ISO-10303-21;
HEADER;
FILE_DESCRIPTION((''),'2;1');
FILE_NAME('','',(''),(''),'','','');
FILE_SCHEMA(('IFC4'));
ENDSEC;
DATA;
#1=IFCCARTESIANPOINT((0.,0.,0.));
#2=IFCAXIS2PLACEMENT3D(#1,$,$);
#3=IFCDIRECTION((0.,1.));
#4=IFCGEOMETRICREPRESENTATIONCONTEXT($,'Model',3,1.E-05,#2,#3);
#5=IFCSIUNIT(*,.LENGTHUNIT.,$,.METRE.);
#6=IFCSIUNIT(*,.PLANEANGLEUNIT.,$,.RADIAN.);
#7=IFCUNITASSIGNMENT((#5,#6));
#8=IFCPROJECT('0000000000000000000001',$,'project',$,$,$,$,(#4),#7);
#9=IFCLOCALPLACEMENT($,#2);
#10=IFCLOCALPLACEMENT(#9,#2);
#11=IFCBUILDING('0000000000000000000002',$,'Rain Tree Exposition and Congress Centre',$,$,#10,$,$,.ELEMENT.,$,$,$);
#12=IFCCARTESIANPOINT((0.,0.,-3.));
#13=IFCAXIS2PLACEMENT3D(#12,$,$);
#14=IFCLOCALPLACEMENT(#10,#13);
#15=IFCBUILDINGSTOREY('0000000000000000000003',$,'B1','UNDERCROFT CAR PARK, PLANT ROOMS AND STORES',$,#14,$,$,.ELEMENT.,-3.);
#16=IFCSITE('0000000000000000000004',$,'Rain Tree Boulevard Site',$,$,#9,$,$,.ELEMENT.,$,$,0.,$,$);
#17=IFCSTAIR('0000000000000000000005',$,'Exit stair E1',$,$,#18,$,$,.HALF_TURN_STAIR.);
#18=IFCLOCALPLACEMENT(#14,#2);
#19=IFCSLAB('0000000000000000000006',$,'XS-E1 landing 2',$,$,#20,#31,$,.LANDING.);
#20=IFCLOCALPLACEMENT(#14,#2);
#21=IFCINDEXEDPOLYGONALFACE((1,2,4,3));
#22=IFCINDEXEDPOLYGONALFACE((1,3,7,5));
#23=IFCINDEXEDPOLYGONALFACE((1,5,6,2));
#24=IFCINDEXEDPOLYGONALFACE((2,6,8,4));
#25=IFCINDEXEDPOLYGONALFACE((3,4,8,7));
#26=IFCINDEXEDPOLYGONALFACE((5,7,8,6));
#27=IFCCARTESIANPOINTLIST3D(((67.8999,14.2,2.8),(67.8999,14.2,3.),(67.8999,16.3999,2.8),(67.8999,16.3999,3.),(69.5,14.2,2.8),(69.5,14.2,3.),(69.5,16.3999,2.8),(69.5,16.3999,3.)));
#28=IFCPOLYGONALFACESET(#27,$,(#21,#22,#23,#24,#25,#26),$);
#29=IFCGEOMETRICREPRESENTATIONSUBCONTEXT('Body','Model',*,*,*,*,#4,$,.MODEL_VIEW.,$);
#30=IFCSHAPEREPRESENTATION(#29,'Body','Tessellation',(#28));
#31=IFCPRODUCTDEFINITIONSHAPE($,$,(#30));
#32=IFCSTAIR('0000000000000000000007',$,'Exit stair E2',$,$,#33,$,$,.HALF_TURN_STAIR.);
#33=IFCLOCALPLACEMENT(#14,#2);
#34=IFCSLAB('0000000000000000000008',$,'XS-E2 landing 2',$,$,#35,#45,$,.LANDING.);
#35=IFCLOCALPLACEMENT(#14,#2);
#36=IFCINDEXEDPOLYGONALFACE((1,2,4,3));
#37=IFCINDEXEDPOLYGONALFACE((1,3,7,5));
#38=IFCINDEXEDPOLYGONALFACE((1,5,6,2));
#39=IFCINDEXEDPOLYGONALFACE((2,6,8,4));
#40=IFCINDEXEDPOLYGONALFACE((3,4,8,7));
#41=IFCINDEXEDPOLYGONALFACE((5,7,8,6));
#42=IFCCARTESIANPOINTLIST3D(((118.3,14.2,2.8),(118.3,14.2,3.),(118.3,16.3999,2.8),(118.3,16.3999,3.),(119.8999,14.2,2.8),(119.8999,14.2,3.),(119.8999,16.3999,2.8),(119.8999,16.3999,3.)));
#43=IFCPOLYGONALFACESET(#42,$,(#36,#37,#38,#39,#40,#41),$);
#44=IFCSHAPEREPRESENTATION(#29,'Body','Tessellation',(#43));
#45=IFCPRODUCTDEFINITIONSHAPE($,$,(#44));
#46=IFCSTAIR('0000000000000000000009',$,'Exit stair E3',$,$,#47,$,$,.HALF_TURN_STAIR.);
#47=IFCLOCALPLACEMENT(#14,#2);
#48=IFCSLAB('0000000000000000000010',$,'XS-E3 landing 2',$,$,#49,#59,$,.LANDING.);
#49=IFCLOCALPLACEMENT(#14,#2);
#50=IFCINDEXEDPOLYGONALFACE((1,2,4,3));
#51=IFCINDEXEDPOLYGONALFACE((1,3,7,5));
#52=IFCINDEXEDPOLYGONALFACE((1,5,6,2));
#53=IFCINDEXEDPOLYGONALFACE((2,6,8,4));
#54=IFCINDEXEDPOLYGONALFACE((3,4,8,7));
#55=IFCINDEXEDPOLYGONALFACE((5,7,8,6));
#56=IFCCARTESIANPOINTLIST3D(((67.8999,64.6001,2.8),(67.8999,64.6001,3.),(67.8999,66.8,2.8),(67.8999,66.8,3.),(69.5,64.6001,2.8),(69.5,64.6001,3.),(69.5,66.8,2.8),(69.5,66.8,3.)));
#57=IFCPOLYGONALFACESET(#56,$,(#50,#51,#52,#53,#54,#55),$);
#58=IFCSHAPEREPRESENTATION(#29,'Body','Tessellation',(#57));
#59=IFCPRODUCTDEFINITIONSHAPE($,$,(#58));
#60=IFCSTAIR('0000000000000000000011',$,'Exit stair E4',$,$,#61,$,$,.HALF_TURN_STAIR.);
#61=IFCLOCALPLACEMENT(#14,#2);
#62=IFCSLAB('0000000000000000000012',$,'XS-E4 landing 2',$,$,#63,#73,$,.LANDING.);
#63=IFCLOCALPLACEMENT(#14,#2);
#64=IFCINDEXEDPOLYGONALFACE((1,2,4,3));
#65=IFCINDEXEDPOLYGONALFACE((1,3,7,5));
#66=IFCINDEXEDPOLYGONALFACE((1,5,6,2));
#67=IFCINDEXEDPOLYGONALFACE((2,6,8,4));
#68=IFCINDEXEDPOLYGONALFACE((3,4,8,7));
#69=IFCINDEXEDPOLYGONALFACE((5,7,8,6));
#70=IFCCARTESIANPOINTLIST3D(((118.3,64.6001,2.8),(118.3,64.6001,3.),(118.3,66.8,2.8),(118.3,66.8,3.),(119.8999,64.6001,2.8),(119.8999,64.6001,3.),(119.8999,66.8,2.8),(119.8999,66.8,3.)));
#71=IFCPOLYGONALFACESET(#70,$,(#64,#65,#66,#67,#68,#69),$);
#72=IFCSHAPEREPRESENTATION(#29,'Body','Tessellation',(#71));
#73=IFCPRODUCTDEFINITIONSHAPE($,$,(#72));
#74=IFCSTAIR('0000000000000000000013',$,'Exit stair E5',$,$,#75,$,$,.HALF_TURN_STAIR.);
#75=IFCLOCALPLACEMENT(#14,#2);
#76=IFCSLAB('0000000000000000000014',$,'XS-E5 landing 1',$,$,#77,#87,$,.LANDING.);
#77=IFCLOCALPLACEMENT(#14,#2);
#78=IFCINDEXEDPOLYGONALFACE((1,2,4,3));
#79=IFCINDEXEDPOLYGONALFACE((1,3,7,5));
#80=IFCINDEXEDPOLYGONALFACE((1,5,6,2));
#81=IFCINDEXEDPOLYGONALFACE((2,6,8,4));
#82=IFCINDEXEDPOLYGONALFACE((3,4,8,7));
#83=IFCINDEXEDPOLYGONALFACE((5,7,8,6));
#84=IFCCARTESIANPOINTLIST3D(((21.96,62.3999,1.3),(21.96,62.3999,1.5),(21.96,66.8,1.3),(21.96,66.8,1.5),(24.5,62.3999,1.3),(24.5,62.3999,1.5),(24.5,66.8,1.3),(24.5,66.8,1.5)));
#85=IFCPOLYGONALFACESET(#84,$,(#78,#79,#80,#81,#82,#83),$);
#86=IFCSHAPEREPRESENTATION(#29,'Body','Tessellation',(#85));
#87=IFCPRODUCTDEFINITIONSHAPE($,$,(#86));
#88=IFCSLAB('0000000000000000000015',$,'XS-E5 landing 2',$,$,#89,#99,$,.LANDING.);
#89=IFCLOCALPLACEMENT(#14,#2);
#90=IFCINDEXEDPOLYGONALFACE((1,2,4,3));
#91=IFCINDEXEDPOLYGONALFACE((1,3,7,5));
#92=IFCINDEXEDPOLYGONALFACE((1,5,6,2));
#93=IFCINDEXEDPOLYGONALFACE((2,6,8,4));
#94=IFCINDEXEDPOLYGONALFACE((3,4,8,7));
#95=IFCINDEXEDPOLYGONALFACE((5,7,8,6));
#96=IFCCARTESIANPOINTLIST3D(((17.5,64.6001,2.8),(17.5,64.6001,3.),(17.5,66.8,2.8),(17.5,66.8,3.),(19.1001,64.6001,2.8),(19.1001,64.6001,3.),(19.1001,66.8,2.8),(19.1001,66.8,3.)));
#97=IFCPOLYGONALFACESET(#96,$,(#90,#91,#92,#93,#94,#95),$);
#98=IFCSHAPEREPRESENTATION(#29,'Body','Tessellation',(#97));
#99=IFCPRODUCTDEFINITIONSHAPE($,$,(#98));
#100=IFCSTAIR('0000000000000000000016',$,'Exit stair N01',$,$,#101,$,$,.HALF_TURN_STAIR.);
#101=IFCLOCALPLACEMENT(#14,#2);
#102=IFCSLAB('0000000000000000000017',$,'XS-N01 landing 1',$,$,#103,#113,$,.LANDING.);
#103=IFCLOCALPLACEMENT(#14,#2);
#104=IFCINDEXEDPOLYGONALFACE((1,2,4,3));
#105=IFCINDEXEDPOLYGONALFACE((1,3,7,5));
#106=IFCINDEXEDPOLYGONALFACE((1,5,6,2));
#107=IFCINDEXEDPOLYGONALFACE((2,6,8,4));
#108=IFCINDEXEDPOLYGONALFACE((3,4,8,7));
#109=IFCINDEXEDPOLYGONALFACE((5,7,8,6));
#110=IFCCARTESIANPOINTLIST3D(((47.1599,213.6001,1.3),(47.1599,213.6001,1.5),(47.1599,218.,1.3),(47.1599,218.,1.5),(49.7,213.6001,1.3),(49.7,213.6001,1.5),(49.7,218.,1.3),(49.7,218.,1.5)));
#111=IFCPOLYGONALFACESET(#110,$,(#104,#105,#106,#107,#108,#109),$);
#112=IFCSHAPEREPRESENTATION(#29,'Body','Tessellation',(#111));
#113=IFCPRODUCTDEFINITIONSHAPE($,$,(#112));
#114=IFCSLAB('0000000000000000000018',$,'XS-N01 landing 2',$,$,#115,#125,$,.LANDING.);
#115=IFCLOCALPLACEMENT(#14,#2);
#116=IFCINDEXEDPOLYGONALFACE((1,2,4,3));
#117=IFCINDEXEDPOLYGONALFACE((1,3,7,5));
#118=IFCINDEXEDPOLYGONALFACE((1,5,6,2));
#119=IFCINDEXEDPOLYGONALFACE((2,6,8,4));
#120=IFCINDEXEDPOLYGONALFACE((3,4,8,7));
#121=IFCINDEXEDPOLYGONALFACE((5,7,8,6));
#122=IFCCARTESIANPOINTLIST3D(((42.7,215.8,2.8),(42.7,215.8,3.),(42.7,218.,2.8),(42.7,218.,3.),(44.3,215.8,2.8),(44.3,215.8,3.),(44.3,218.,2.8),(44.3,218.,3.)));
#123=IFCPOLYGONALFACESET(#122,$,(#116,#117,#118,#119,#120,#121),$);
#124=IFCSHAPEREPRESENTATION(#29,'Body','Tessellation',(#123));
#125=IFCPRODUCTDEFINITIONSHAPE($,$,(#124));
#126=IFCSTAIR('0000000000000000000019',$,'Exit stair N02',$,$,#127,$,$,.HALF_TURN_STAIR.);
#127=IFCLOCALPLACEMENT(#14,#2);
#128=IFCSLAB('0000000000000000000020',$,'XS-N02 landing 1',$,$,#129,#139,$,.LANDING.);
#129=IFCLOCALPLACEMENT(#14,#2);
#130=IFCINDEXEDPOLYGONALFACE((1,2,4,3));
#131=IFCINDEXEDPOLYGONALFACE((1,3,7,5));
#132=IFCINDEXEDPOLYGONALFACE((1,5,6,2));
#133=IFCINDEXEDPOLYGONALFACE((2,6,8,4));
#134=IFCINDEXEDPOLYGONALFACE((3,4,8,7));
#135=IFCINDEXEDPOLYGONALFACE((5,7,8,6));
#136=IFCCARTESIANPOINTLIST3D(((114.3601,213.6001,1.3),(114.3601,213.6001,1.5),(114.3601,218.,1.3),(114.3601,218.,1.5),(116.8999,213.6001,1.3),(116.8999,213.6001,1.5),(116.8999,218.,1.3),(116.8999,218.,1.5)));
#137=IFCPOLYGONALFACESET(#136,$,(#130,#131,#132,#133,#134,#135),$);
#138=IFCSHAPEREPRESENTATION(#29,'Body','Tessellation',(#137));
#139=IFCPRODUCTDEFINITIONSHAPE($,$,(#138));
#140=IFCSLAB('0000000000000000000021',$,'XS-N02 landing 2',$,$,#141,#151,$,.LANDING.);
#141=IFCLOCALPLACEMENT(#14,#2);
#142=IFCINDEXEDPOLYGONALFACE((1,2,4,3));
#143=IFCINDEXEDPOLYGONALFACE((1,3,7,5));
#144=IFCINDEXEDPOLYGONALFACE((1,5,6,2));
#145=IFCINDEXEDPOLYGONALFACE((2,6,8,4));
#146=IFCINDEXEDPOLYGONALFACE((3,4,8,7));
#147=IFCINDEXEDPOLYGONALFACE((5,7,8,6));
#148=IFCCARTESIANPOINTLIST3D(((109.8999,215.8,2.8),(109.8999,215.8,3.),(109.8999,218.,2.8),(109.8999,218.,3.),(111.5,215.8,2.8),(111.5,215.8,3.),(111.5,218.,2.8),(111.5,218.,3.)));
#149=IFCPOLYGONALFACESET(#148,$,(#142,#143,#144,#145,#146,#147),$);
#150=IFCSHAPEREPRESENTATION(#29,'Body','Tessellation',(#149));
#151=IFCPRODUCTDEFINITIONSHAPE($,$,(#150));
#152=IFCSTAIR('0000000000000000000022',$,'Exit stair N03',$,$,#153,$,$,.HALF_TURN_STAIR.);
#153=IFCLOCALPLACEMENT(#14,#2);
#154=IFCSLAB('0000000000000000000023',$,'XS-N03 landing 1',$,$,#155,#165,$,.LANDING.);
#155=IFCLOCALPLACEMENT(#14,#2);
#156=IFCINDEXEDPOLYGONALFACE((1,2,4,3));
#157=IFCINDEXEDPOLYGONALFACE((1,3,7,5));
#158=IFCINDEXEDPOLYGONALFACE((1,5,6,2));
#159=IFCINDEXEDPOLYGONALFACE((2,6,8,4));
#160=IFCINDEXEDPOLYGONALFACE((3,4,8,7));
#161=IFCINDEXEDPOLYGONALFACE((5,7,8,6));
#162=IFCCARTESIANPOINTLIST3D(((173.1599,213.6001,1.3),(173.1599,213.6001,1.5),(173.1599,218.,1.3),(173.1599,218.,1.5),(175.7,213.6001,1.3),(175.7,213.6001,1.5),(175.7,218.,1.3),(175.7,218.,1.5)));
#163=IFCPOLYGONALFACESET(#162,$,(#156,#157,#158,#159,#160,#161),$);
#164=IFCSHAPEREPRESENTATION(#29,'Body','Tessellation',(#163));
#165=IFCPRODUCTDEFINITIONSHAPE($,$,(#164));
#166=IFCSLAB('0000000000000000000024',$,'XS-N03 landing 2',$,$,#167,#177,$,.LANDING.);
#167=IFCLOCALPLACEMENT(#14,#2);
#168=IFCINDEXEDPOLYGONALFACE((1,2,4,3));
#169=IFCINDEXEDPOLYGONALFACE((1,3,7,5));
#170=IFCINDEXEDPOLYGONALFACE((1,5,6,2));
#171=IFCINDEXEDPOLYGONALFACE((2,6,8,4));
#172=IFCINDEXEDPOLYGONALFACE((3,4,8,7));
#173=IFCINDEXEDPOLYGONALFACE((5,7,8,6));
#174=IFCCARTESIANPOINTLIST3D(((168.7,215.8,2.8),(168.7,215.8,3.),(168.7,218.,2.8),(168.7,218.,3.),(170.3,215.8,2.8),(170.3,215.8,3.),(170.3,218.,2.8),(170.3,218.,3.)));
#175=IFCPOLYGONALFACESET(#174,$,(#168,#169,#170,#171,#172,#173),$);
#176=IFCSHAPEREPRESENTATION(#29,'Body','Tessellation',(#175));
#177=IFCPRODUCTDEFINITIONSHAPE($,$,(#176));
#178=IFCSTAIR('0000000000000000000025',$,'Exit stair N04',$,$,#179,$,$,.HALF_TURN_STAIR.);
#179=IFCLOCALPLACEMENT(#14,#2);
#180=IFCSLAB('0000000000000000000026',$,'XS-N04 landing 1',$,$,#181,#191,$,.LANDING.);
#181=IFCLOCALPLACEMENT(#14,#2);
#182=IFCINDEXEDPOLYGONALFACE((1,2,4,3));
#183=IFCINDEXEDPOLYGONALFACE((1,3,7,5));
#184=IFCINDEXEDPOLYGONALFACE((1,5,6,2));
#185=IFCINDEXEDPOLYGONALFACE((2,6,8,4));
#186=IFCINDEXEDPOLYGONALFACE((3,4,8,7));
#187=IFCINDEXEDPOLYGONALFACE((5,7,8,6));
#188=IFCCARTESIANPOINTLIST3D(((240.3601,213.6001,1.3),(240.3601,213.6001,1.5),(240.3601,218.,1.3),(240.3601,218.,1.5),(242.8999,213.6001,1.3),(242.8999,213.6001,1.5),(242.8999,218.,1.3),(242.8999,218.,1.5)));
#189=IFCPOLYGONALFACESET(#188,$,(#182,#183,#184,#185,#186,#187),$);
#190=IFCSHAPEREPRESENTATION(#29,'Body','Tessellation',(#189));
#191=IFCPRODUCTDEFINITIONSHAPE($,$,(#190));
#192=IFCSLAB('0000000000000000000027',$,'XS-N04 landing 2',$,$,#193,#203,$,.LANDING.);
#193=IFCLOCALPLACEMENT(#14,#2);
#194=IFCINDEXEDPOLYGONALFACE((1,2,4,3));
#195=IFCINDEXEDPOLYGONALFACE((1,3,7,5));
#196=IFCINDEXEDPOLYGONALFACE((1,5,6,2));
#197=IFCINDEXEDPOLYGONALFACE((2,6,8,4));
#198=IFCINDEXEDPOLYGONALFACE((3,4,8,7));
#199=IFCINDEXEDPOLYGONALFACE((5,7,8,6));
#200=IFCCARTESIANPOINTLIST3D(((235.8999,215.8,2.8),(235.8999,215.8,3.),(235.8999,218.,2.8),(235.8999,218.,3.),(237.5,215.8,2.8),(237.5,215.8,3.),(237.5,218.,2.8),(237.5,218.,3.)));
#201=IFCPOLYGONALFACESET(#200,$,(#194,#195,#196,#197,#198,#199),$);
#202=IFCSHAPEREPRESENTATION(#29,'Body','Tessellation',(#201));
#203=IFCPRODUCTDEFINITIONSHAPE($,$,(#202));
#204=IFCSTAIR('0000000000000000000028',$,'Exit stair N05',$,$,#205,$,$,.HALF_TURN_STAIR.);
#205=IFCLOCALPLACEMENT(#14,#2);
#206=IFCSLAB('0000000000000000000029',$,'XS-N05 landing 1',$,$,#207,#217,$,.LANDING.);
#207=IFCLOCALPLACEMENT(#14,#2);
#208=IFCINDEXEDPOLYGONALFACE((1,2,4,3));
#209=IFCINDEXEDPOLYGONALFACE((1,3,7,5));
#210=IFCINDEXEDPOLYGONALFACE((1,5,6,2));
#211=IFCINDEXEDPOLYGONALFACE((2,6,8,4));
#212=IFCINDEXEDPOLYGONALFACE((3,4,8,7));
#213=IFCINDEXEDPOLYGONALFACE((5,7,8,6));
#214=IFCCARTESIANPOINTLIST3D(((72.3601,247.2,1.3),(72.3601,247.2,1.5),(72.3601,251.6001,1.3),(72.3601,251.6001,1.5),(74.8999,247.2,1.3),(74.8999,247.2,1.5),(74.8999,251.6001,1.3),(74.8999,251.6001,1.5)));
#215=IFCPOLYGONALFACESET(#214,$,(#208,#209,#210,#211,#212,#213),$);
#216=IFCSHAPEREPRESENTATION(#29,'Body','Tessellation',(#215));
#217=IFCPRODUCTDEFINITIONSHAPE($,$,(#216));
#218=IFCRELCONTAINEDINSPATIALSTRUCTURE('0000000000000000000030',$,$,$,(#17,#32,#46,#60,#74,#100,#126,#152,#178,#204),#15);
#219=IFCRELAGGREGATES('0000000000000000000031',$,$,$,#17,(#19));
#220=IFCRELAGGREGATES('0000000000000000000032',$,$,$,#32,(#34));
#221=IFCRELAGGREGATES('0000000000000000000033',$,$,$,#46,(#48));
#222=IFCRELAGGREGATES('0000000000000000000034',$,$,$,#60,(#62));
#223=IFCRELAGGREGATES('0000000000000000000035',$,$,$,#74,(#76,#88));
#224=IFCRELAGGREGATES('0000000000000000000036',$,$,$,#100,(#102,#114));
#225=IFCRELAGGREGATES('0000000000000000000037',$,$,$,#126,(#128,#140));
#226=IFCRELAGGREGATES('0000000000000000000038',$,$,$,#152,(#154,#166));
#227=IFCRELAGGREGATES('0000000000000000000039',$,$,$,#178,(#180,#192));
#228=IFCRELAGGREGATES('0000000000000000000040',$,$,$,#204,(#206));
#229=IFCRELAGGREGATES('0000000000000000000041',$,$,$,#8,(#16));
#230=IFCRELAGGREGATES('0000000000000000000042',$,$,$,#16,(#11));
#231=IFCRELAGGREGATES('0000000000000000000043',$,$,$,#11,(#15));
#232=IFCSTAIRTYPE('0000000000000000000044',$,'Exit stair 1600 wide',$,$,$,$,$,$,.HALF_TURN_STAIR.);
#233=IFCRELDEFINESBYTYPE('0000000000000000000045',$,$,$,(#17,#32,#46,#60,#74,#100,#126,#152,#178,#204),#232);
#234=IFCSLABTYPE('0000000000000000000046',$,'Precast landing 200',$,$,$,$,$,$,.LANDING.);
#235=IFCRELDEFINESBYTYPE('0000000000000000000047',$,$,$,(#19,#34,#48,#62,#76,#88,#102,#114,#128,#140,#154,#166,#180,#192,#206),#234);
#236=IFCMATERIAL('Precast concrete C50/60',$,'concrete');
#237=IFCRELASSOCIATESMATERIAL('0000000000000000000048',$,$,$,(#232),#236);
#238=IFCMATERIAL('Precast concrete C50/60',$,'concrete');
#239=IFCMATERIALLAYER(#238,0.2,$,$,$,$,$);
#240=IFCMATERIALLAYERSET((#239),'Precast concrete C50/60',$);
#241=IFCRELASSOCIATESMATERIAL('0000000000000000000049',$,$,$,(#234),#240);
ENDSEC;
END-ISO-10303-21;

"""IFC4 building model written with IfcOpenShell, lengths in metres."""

from ifc_helpers import new_model, si_unit, direction, frame, origin, place, context, subcontext, project, spatial, polyline, outline, extrude, material, layer, layer_set, type_object, element, aggregate, save


model = new_model("IFC4")

# Units and contexts
model_context = context("Model", 3, precision=1e-05, world=origin(), true_north=direction((0.0, 1.0)))
body_context = subcontext(model_context, "Body", "Model", "MODEL_VIEW")
ifc_project = project(units=[si_unit("LENGTHUNIT", "METRE"), si_unit("PLANEANGLEUNIT", "RADIAN")], contexts=[model_context])

# Site, building, storey
site_placement = place(None, origin())
site = spatial("IfcSite", under=ifc_project, at=site_placement, Name="Rain Tree Boulevard Site", CompositionType="ELEMENT", RefElevation=0.0)
building_placement = place(site_placement, origin())
building = spatial("IfcBuilding", under=site, at=building_placement, Name="Rain Tree Exposition and Congress Centre", CompositionType="ELEMENT")
storey_placement = place(building_placement, frame((0.0, 0.0, -3.0)))
storey = spatial("IfcBuildingStorey", under=building, at=storey_placement, Name="B1", Description="UNDERCROFT CAR PARK, PLANT ROOMS AND STORES", CompositionType="ELEMENT", Elevation=-3.0)

# Stairs, slabs
ifc_material_1 = material(Name="Precast concrete C50/60", Category="concrete")
stair_type = type_object("IfcStairType", Name="Exit stair 1600 wide", PredefinedType="HALF_TURN_STAIR", material=ifc_material_1)
stair_1_placement = place(storey_placement, origin())
stair_1 = element("IfcStair", 1, at=stair_1_placement, inside=storey, type_object=stair_type, Name="Exit stair E1", PredefinedType="HALF_TURN_STAIR")
ifc_material_2 = material(Name="Precast concrete C50/60", Category="concrete")
ifc_layer_1 = layer(ifc_material_2, 0.2)
ifc_layer_set_1 = layer_set([ifc_layer_1], Name="Precast concrete C50/60")
slab_type_1 = type_object("IfcSlabType", Name="Precast landing 200", PredefinedType="LANDING", material=ifc_layer_set_1)
slab_1_placement = place(storey_placement, frame((0.0, 0.0, 2.8)))
slab_1 = element("IfcSlab", 2, at=slab_1_placement, type_object=slab_type_1, Name="XS-E1 landing 2", PredefinedType="LANDING", context=body_context, shape_type="SweptSolid", body=[
    extrude(outline(polyline([(67.8999, 14.2), (69.5, 14.2), (69.5, 16.3999), (67.8999, 16.3999), (67.8999, 14.2)])), origin(), (0.0, 0.0, 1.0), 0.2),
])
aggregate(stair_1, [slab_1])
stair_2_placement = place(storey_placement, origin())
stair_2 = element("IfcStair", 3, at=stair_2_placement, inside=storey, type_object=stair_type, Name="Exit stair E2", PredefinedType="HALF_TURN_STAIR")
slab_2_placement = place(storey_placement, frame((0.0, 0.0, 2.8)))
slab_2 = element("IfcSlab", 4, at=slab_2_placement, type_object=slab_type_1, Name="XS-E2 landing 2", PredefinedType="LANDING", context=body_context, shape_type="SweptSolid", body=[
    extrude(outline(polyline([(118.3, 14.2), (119.8999, 14.2), (119.8999, 16.3999), (118.3, 16.3999), (118.3, 14.2)])), origin(), (0.0, 0.0, 1.0), 0.2),
])
aggregate(stair_2, [slab_2])
stair_3_placement = place(storey_placement, origin())
stair_3 = element("IfcStair", 5, at=stair_3_placement, inside=storey, type_object=stair_type, Name="Exit stair E3", PredefinedType="HALF_TURN_STAIR")
slab_3_placement = place(storey_placement, frame((0.0, 0.0, 2.8)))
slab_3 = element("IfcSlab", 6, at=slab_3_placement, type_object=slab_type_1, Name="XS-E3 landing 2", PredefinedType="LANDING", context=body_context, shape_type="SweptSolid", body=[
    extrude(outline(polyline([(67.8999, 64.6001), (69.5, 64.6001), (69.5, 66.8), (67.8999, 66.8), (67.8999, 64.6001)])), origin(), (0.0, 0.0, 1.0), 0.2),
])
aggregate(stair_3, [slab_3])
stair_4_placement = place(storey_placement, origin())
stair_4 = element("IfcStair", 7, at=stair_4_placement, inside=storey, type_object=stair_type, Name="Exit stair E4", PredefinedType="HALF_TURN_STAIR")
slab_4_placement = place(storey_placement, frame((0.0, 0.0, 2.8)))
slab_4 = element("IfcSlab", 8, at=slab_4_placement, type_object=slab_type_1, Name="XS-E4 landing 2", PredefinedType="LANDING", context=body_context, shape_type="SweptSolid", body=[
    extrude(outline(polyline([(118.3, 64.6001), (119.8999, 64.6001), (119.8999, 66.8), (118.3, 66.8), (118.3, 64.6001)])), origin(), (0.0, 0.0, 1.0), 0.2),
])
aggregate(stair_4, [slab_4])

# Stairs, slabs
stair_5_placement = place(storey_placement, origin())
stair_5 = element("IfcStair", 9, at=stair_5_placement, inside=storey, type_object=stair_type, Name="Exit stair E5", PredefinedType="HALF_TURN_STAIR")
slab_5_placement = place(storey_placement, frame((0.0, 0.0, 1.3)))
slab_5 = element("IfcSlab", 10, at=slab_5_placement, type_object=slab_type_1, Name="XS-E5 landing 1", PredefinedType="LANDING", context=body_context, shape_type="SweptSolid", body=[
    extrude(outline(polyline([(21.96, 62.3999), (24.5, 62.3999), (24.5, 66.8), (21.96, 66.8), (21.96, 62.3999)])), origin(), (0.0, 0.0, 1.0), 0.2),
])
slab_6_placement = place(storey_placement, frame((0.0, 0.0, 2.8)))
slab_6 = element("IfcSlab", 11, at=slab_6_placement, type_object=slab_type_1, Name="XS-E5 landing 2", PredefinedType="LANDING", context=body_context, shape_type="SweptSolid", body=[
    extrude(outline(polyline([(17.5, 64.6001), (19.1001, 64.6001), (19.1001, 66.8), (17.5, 66.8), (17.5, 64.6001)])), origin(), (0.0, 0.0, 1.0), 0.2),
])
aggregate(stair_5, [slab_5, slab_6])
stair_6_placement = place(storey_placement, origin())
stair_6 = element("IfcStair", 12, at=stair_6_placement, inside=storey, type_object=stair_type, Name="Exit stair N01", PredefinedType="HALF_TURN_STAIR")
slab_7_placement = place(storey_placement, frame((0.0, 0.0, 1.3)))
slab_7 = element("IfcSlab", 13, at=slab_7_placement, type_object=slab_type_1, Name="XS-N01 landing 1", PredefinedType="LANDING", context=body_context, shape_type="SweptSolid", body=[
    extrude(outline(polyline([(47.1599, 213.6001), (49.7, 213.6001), (49.7, 218.0), (47.1599, 218.0), (47.1599, 213.6001)])), origin(), (0.0, 0.0, 1.0), 0.2),
])
slab_8_placement = place(storey_placement, frame((0.0, 0.0, 2.8)))
slab_8 = element("IfcSlab", 14, at=slab_8_placement, type_object=slab_type_1, Name="XS-N01 landing 2", PredefinedType="LANDING", context=body_context, shape_type="SweptSolid", body=[
    extrude(outline(polyline([(42.7, 215.8), (44.3, 215.8), (44.3, 218.0), (42.7, 218.0), (42.7, 215.8)])), origin(), (0.0, 0.0, 1.0), 0.2),
])
aggregate(stair_6, [slab_7, slab_8])
stair_7_placement = place(storey_placement, origin())
stair_7 = element("IfcStair", 15, at=stair_7_placement, inside=storey, type_object=stair_type, Name="Exit stair N02", PredefinedType="HALF_TURN_STAIR")
slab_9_placement = place(storey_placement, frame((0.0, 0.0, 1.3)))
slab_9 = element("IfcSlab", 16, at=slab_9_placement, type_object=slab_type_1, Name="XS-N02 landing 1", PredefinedType="LANDING", context=body_context, shape_type="SweptSolid", body=[
    extrude(outline(polyline([(114.3601, 213.6001), (116.8999, 213.6001), (116.8999, 218.0), (114.3601, 218.0), (114.3601, 213.6001)])), origin(), (0.0, 0.0, 1.0), 0.2),
])
slab_10_placement = place(storey_placement, frame((0.0, 0.0, 2.8)))
slab_10 = element("IfcSlab", 17, at=slab_10_placement, type_object=slab_type_1, Name="XS-N02 landing 2", PredefinedType="LANDING", context=body_context, shape_type="SweptSolid", body=[
    extrude(outline(polyline([(109.8999, 215.8), (111.5, 215.8), (111.5, 218.0), (109.8999, 218.0), (109.8999, 215.8)])), origin(), (0.0, 0.0, 1.0), 0.2),
])
aggregate(stair_7, [slab_9, slab_10])
stair_8_placement = place(storey_placement, origin())
stair_8 = element("IfcStair", 18, at=stair_8_placement, inside=storey, type_object=stair_type, Name="Exit stair N03", PredefinedType="HALF_TURN_STAIR")
slab_11_placement = place(storey_placement, frame((0.0, 0.0, 1.3)))
slab_11 = element("IfcSlab", 19, at=slab_11_placement, type_object=slab_type_1, Name="XS-N03 landing 1", PredefinedType="LANDING", context=body_context, shape_type="SweptSolid", body=[
    extrude(outline(polyline([(173.1599, 213.6001), (175.7, 213.6001), (175.7, 218.0), (173.1599, 218.0), (173.1599, 213.6001)])), origin(), (0.0, 0.0, 1.0), 0.2),
])
slab_12_placement = place(storey_placement, frame((0.0, 0.0, 2.8)))
slab_12 = element("IfcSlab", 20, at=slab_12_placement, type_object=slab_type_1, Name="XS-N03 landing 2", PredefinedType="LANDING", context=body_context, shape_type="SweptSolid", body=[
    extrude(outline(polyline([(168.7, 215.8), (170.3, 215.8), (170.3, 218.0), (168.7, 218.0), (168.7, 215.8)])), origin(), (0.0, 0.0, 1.0), 0.2),
])
aggregate(stair_8, [slab_11, slab_12])
stair_9_placement = place(storey_placement, origin())
stair_9 = element("IfcStair", 21, at=stair_9_placement, inside=storey, type_object=stair_type, Name="Exit stair N04", PredefinedType="HALF_TURN_STAIR")
slab_13_placement = place(storey_placement, frame((0.0, 0.0, 1.3)))
slab_13 = element("IfcSlab", 22, at=slab_13_placement, type_object=slab_type_1, Name="XS-N04 landing 1", PredefinedType="LANDING", context=body_context, shape_type="SweptSolid", body=[
    extrude(outline(polyline([(240.3601, 213.6001), (242.8999, 213.6001), (242.8999, 218.0), (240.3601, 218.0), (240.3601, 213.6001)])), origin(), (0.0, 0.0, 1.0), 0.2),
])
slab_14_placement = place(storey_placement, frame((0.0, 0.0, 2.8)))
slab_14 = element("IfcSlab", 23, at=slab_14_placement, type_object=slab_type_1, Name="XS-N04 landing 2", PredefinedType="LANDING", context=body_context, shape_type="SweptSolid", body=[
    extrude(outline(polyline([(235.8999, 215.8), (237.5, 215.8), (237.5, 218.0), (235.8999, 218.0), (235.8999, 215.8)])), origin(), (0.0, 0.0, 1.0), 0.2),
])
aggregate(stair_9, [slab_13, slab_14])
stair_10_placement = place(storey_placement, origin())
stair_10 = element("IfcStair", 24, at=stair_10_placement, inside=storey, type_object=stair_type, Name="Exit stair N05", PredefinedType="HALF_TURN_STAIR")
slab_15_placement = place(storey_placement, frame((0.0, 0.0, 1.3)))
slab_15 = element("IfcSlab", 25, at=slab_15_placement, type_object=slab_type_1, Name="XS-N05 landing 1", PredefinedType="LANDING", context=body_context, shape_type="SweptSolid", body=[
    extrude(outline(polyline([(72.3601, 247.2), (74.8999, 247.2), (74.8999, 251.6001), (72.3601, 251.6001), (72.3601, 247.2)])), origin(), (0.0, 0.0, 1.0), 0.2),
])
aggregate(stair_10, [slab_15])

save(model, "model.ifc")
